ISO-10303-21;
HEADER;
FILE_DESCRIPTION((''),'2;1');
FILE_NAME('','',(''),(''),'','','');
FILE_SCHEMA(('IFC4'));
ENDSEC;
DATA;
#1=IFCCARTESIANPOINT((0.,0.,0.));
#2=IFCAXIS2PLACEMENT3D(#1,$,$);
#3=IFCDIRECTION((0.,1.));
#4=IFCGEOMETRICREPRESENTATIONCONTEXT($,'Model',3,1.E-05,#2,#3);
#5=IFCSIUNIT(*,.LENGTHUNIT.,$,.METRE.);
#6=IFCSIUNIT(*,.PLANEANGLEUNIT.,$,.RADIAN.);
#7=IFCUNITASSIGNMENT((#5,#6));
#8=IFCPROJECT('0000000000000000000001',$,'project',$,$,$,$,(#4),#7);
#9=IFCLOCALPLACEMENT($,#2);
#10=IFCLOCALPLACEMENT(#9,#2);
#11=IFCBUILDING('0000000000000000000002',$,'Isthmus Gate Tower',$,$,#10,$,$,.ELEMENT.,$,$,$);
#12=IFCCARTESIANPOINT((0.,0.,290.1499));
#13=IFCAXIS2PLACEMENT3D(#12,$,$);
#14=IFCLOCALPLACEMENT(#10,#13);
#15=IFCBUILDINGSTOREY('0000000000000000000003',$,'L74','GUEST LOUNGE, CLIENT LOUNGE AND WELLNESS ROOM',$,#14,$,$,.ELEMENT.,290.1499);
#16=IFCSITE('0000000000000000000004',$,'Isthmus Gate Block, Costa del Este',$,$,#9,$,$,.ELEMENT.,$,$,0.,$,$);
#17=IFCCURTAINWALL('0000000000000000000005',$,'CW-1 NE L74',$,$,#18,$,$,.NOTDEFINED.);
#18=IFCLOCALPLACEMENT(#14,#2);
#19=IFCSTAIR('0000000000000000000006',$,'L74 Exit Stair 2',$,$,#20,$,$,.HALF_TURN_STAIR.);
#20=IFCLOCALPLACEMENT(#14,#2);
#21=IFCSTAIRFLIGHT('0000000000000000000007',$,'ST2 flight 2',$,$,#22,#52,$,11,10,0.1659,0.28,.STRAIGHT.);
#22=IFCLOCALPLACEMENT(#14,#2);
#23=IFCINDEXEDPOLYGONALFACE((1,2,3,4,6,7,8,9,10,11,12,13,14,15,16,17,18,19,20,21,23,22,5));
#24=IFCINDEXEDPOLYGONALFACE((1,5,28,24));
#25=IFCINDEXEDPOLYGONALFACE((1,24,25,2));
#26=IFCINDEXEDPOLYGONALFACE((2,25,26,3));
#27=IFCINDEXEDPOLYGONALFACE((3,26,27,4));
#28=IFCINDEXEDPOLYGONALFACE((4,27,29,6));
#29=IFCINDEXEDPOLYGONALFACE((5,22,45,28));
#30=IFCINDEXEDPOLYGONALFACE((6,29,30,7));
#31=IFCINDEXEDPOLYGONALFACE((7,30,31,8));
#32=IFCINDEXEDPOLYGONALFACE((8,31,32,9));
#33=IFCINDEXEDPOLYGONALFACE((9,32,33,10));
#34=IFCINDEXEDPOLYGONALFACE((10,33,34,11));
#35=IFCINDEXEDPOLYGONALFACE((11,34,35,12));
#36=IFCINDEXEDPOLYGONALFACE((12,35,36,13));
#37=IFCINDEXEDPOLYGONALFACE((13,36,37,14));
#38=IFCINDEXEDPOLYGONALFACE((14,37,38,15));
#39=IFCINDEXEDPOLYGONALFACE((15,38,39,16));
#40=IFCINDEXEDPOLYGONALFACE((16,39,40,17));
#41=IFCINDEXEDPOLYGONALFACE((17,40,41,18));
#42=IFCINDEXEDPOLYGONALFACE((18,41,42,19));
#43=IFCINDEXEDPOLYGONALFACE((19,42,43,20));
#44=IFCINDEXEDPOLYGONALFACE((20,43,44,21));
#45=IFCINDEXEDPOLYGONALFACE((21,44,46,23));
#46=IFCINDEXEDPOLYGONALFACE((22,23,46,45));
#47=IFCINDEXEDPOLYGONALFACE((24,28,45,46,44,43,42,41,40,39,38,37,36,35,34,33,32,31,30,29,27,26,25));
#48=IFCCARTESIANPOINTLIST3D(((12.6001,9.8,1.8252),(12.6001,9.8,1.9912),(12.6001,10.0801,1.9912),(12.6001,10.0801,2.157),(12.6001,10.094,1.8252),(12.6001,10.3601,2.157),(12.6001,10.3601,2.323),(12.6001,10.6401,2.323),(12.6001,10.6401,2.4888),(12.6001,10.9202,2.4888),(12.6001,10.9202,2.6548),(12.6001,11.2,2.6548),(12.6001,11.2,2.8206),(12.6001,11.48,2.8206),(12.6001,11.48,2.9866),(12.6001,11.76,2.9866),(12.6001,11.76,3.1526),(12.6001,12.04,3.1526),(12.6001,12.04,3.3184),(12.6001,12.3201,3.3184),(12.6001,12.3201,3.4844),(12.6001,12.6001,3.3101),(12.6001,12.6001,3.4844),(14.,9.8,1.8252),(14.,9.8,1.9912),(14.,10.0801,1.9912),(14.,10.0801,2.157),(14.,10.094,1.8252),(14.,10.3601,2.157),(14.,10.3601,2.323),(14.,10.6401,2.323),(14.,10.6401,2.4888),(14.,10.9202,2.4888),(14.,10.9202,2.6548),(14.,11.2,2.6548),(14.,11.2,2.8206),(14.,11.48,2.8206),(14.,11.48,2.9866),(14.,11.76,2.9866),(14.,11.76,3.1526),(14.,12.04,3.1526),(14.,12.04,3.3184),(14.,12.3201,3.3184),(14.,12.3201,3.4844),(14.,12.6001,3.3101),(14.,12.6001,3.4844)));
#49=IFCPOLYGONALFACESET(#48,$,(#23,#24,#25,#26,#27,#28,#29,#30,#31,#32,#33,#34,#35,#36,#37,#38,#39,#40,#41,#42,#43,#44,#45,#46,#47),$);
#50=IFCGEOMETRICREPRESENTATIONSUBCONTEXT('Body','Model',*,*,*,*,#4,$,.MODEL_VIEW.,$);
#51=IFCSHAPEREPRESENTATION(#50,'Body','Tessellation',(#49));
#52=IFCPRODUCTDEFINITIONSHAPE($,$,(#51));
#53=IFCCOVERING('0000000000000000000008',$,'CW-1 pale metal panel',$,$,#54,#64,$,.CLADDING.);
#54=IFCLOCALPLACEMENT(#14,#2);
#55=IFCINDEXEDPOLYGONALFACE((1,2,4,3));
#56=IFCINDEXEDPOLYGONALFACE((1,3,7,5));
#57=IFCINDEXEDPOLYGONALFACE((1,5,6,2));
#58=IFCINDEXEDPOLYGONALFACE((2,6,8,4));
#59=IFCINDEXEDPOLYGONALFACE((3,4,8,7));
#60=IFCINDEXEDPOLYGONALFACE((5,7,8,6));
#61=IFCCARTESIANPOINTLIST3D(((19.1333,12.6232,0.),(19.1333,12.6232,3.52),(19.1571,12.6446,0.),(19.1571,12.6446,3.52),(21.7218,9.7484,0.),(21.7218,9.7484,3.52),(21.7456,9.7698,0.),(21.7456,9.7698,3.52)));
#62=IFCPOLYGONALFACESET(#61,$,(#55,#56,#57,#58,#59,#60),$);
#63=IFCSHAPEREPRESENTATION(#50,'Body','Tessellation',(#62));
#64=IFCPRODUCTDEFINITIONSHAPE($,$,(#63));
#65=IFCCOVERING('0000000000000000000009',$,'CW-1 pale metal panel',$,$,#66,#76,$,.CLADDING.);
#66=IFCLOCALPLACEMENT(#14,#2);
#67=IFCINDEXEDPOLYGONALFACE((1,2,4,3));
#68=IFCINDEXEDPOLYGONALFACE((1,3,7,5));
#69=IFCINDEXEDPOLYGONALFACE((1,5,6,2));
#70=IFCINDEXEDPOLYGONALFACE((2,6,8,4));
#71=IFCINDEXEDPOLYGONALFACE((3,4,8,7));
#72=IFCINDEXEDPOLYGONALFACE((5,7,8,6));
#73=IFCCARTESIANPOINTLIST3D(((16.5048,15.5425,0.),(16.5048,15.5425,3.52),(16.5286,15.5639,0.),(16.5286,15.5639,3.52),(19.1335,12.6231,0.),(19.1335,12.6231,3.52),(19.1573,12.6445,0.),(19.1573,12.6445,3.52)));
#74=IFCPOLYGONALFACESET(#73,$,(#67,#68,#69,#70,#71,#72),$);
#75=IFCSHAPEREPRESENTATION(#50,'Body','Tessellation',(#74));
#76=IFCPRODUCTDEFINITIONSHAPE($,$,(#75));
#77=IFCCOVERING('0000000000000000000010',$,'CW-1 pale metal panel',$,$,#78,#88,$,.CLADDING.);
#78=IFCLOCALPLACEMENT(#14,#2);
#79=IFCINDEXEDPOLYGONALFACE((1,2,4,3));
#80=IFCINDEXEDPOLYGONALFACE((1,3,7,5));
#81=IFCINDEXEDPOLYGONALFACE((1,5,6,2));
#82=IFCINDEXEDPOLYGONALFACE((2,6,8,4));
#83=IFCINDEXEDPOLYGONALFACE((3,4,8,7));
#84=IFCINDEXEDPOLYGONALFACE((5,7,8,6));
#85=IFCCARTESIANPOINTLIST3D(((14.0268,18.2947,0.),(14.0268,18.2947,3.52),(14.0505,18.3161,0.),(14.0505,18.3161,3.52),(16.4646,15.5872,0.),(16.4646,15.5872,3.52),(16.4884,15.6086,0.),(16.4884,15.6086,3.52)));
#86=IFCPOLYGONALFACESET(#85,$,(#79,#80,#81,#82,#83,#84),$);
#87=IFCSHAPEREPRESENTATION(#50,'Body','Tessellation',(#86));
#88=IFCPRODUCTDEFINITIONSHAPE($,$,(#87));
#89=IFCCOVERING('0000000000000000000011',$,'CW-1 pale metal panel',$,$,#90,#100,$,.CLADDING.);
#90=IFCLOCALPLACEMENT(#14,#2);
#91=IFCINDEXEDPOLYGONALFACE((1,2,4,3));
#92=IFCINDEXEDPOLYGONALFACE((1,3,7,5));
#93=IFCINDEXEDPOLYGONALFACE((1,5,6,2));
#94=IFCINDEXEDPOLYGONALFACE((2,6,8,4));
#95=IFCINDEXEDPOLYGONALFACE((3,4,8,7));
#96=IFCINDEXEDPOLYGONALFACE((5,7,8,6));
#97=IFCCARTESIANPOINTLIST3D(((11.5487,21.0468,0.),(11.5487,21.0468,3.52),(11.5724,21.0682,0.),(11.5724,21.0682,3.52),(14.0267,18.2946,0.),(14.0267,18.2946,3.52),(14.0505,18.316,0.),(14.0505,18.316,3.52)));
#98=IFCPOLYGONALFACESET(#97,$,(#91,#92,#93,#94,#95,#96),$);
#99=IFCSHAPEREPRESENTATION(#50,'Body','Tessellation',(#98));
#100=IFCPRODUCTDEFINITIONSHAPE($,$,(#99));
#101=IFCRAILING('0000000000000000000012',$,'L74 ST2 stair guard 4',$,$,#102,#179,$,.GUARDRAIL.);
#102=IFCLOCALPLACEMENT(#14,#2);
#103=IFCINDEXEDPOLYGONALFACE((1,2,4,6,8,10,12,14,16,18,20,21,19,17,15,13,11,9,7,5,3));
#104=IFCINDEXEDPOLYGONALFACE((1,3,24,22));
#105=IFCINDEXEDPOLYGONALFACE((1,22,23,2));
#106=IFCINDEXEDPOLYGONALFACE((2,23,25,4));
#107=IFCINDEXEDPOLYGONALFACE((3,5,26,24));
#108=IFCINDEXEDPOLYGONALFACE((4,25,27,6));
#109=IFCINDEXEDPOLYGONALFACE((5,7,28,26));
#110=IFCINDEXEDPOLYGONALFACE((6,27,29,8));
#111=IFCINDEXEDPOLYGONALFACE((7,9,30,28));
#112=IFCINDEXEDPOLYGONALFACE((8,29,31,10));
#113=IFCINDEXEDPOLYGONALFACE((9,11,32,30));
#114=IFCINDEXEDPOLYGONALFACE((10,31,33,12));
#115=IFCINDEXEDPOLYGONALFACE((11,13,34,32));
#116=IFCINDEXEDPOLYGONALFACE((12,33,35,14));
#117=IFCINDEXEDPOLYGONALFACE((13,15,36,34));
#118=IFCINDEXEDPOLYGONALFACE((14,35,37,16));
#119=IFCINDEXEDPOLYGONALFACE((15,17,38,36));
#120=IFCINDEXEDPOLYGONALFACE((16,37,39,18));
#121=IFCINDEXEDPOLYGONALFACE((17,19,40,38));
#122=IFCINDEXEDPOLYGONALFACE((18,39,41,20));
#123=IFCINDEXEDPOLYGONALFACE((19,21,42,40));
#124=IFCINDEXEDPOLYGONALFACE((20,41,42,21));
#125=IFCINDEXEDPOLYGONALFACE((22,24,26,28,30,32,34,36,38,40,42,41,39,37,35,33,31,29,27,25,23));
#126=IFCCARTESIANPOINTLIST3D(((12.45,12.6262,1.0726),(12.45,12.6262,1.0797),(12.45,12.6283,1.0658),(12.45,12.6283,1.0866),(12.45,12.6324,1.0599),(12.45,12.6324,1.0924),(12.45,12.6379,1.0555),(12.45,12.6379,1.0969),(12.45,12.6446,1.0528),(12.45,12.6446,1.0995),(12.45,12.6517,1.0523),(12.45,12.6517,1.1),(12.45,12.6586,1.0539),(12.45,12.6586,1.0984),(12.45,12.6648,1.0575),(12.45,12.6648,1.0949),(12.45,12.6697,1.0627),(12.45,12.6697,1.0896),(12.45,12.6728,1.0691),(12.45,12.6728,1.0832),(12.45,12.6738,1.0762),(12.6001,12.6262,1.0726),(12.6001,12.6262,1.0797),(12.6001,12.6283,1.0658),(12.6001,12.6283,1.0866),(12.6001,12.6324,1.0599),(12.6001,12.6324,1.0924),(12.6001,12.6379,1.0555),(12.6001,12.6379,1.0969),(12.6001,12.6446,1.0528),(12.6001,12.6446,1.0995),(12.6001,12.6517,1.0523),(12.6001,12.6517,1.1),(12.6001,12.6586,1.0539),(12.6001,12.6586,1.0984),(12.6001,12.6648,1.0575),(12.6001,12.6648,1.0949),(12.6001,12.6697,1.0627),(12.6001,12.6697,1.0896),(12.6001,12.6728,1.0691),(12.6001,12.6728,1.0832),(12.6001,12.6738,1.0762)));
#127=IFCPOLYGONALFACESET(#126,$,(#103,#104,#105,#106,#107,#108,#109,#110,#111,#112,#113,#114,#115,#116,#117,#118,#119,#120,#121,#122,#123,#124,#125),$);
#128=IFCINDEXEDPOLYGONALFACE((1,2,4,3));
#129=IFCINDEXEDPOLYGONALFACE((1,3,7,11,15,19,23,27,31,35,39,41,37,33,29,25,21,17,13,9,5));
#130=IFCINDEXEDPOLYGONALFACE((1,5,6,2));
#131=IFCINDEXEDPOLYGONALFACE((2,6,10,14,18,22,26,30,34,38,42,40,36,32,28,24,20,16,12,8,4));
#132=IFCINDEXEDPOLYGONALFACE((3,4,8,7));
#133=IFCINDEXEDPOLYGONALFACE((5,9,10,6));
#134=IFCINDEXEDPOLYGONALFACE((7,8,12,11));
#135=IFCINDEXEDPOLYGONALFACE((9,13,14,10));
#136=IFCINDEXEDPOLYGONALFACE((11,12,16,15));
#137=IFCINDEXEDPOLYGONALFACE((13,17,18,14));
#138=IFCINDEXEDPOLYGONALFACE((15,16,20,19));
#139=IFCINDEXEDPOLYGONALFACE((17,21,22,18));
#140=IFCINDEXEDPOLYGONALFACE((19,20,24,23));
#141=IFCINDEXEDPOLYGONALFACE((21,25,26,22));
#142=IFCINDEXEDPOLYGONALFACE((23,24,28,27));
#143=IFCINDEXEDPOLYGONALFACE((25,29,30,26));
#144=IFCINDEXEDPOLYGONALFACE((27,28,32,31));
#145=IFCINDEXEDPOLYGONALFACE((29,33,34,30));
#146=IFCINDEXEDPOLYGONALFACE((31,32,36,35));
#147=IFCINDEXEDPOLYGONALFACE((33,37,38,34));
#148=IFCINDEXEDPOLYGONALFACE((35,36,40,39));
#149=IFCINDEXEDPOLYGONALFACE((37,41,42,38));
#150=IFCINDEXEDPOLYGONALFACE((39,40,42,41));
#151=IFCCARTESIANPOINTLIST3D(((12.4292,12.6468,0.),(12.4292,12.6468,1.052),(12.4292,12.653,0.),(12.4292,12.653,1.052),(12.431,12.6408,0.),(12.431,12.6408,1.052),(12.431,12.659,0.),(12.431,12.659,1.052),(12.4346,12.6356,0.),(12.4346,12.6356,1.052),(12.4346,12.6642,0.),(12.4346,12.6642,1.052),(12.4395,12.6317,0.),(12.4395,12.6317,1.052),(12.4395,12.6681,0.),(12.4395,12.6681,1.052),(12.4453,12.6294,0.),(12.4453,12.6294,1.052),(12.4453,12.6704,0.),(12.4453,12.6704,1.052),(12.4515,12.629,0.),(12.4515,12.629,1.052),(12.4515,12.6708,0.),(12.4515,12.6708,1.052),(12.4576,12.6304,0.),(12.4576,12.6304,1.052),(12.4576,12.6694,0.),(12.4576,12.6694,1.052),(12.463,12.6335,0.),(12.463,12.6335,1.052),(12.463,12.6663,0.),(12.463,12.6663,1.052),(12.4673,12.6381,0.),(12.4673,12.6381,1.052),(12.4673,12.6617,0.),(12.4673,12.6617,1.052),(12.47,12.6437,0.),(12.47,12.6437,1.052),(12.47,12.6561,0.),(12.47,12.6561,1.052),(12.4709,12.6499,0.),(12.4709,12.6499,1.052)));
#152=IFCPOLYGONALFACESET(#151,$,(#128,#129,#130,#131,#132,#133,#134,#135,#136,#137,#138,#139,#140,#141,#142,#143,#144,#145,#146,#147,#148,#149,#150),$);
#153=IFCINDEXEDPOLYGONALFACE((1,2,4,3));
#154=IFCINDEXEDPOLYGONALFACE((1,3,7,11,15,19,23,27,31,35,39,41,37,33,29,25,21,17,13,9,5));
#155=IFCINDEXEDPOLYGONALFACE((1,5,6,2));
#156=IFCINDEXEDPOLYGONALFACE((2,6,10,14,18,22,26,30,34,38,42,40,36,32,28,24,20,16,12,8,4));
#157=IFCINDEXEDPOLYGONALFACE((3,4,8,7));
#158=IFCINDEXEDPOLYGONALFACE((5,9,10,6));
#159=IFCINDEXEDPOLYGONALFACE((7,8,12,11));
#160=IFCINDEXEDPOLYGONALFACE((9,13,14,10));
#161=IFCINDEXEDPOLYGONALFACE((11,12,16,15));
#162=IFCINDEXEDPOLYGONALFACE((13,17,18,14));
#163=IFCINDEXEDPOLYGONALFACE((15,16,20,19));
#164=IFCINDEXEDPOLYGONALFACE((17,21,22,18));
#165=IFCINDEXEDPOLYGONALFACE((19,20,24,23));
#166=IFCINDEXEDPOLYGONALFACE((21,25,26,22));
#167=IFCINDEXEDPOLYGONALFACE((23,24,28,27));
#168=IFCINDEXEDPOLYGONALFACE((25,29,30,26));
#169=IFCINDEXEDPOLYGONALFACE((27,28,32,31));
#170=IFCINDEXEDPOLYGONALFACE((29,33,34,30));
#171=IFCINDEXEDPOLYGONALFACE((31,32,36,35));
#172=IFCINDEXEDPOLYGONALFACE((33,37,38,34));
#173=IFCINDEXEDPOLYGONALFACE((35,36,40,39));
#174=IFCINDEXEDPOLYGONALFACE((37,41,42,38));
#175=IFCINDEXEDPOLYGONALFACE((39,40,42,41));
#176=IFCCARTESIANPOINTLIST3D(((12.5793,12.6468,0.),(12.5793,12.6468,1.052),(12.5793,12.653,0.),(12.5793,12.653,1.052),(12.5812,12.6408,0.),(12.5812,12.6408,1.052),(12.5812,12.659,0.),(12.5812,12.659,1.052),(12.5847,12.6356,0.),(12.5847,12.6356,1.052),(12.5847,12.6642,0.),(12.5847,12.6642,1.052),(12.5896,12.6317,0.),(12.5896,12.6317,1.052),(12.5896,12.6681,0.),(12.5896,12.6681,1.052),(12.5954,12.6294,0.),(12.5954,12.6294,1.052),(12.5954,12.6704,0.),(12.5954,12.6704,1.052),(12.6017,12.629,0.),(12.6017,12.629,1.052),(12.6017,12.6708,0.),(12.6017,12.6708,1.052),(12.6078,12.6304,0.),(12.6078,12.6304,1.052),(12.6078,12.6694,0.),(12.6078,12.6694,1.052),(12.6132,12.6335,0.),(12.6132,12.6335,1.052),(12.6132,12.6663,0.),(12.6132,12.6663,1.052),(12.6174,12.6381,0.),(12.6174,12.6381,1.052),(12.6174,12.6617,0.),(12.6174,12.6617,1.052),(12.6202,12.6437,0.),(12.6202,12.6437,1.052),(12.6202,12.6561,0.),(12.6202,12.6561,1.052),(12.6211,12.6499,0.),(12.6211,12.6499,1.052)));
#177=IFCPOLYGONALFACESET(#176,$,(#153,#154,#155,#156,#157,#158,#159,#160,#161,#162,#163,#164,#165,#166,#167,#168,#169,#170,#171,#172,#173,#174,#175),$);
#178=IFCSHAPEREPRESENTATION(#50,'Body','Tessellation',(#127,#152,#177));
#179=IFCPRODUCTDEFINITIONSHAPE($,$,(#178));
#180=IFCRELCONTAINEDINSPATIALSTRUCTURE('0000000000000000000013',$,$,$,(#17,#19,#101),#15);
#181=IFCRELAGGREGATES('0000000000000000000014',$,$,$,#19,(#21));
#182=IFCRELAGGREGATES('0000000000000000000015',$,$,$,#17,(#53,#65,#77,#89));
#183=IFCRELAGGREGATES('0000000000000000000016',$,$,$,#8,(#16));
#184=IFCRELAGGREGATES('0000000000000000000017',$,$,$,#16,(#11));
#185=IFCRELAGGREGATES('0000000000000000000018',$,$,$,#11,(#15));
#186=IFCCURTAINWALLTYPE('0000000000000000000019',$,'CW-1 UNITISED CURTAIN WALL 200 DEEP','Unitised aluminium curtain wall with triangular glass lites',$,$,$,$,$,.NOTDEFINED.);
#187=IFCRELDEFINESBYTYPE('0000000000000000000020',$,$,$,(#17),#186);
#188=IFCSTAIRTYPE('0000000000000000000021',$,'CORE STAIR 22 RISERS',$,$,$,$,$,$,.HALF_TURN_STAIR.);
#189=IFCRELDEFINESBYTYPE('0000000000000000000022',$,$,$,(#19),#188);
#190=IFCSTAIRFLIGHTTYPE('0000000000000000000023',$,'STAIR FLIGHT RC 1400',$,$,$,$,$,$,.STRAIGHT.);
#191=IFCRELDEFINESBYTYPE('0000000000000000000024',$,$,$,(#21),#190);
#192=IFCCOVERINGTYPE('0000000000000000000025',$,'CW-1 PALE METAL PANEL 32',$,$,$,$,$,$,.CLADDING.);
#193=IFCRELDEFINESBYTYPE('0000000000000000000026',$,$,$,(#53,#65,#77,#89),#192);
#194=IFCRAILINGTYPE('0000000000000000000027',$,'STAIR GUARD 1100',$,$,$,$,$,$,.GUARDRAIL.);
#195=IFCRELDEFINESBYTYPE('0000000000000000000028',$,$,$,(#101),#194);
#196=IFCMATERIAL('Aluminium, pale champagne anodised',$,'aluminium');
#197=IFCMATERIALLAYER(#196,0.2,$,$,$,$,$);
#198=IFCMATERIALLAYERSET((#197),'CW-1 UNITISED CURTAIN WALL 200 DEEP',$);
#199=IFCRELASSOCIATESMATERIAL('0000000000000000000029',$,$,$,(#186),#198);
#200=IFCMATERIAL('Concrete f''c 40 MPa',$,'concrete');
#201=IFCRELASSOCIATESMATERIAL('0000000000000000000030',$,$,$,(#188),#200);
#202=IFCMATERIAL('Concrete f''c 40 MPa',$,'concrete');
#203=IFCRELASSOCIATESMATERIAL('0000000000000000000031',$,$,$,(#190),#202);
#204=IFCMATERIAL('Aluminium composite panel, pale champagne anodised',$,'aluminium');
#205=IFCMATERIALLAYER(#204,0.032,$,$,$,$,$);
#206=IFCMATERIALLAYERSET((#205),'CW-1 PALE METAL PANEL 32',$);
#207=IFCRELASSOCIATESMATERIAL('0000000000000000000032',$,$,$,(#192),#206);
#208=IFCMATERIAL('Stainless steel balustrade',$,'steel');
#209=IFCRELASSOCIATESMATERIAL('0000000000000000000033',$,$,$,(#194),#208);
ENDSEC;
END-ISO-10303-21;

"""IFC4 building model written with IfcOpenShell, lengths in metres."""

from ifc_helpers import new_model, si_unit, direction, frame, origin, origin_2d, place, context, subcontext, project, spatial, polyline, rectangle, circle, outline, extrude, material, layer, layer_set, type_object, element, aggregate, save


model = new_model("IFC4")

# Units and contexts
model_context = context("Model", 3, precision=1e-05, world=origin(), true_north=direction((0.0, 1.0)))
body_context = subcontext(model_context, "Body", "Model", "MODEL_VIEW")
ifc_project = project(units=[si_unit("LENGTHUNIT", "METRE"), si_unit("PLANEANGLEUNIT", "RADIAN")], contexts=[model_context])

# Site, building, storey
site_placement = place(None, origin())
site = spatial("IfcSite", under=ifc_project, at=site_placement, Name="Isthmus Gate Block, Costa del Este", CompositionType="ELEMENT", RefElevation=0.0)
building_placement = place(site_placement, origin())
building = spatial("IfcBuilding", under=site, at=building_placement, Name="Isthmus Gate Tower", CompositionType="ELEMENT")
storey_placement = place(building_placement, frame((0.0, 0.0, 290.1499)))
storey = spatial("IfcBuildingStorey", under=building, at=storey_placement, Name="L74", Description="GUEST LOUNGE, CLIENT LOUNGE AND WELLNESS ROOM", CompositionType="ELEMENT", Elevation=290.1499)

# Curtain wall
ifc_material_1 = material(Name="Aluminium, pale champagne anodised", Category="aluminium")
ifc_layer_1 = layer(ifc_material_1, 0.2)
ifc_layer_set_1 = layer_set([ifc_layer_1], Name="CW-1 UNITISED CURTAIN WALL 200 DEEP")
curtain_wall_type = type_object("IfcCurtainWallType", Name="CW-1 UNITISED CURTAIN WALL 200 DEEP", Description="Unitised aluminium curtain wall with triangular glass lites", PredefinedType="NOTDEFINED", material=ifc_layer_set_1)
curtain_wall_placement = place(storey_placement, origin())
curtain_wall = element("IfcCurtainWall", 1, at=curtain_wall_placement, inside=storey, type_object=curtain_wall_type, Name="CW-1 NE L74", PredefinedType="NOTDEFINED")

# Stair, stair flight
ifc_material_2 = material(Name="Concrete f'c 40 MPa", Category="concrete")
stair_type = type_object("IfcStairType", Name="CORE STAIR 22 RISERS", PredefinedType="HALF_TURN_STAIR", material=ifc_material_2)
stair_placement = place(storey_placement, origin())
stair = element("IfcStair", 2, at=stair_placement, inside=storey, type_object=stair_type, Name="L74 Exit Stair 2", PredefinedType="HALF_TURN_STAIR")
ifc_material_3 = material(Name="Concrete f'c 40 MPa", Category="concrete")
stair_flight_type = type_object("IfcStairFlightType", Name="STAIR FLIGHT RC 1400", PredefinedType="STRAIGHT", material=ifc_material_3)
stair_flight_placement = place(storey_placement, frame((13.3, 9.8, 1.8252), z_axis=(0.0, 0.0, 1.0), x_axis=(0.0, 1.0, 0.0)))
stair_flight = element("IfcStairFlight", 3, at=stair_flight_placement, type_object=stair_flight_type, Name="ST2 flight 2", NumberOfRisers=11, NumberOfTreads=10, PredefinedType="STRAIGHT", RiserHeight=0.1659, TreadLength=0.28, context=body_context, shape_type="SweptSolid", body=[
    extrude(outline(polyline([(0.0, 0.0), (0.0, 0.166), (0.28, 0.166), (0.28, 0.3318), (0.5601, 0.3318), (0.5601, 0.4978), (0.8401, 0.4978), (0.8401, 0.6636), (1.1201, 0.6636), (1.1201, 0.8296), (1.3999, 0.8296), (1.3999, 0.9954), (1.6799, 0.9954), (1.6799, 1.1614), (1.96, 1.1614), (1.96, 1.3274), (2.24, 1.3274), (2.24, 1.4932), (2.52, 1.4932), (2.52, 1.6592), (2.8, 1.6592), (2.8, 1.825), (2.8, 1.4849), (0.2939, 0.0), (0.0, 0.0)])), frame((0.0, 0.7, 0.0), z_axis=(0.0, -1.0, 0.0), x_axis=(1.0, 0.0, 0.0)), (0.0, 0.0, 1.0), 1.3999),
])
aggregate(stair, [stair_flight])

# Coverings
ifc_material_4 = material(Name="Aluminium composite panel, pale champagne anodised", Category="aluminium")
ifc_layer_2 = layer(ifc_material_4, 0.032)
ifc_layer_set_2 = layer_set([ifc_layer_2], Name="CW-1 PALE METAL PANEL 32")
covering_type = type_object("IfcCoveringType", Name="CW-1 PALE METAL PANEL 32", PredefinedType="CLADDING", material=ifc_layer_set_2)
covering_1_placement = place(storey_placement, frame((20.4395, 11.1965, 0.0), z_axis=(0.0, 0.0, 1.0), x_axis=(-0.669131, 0.743145, 0.0)))
covering_1 = element("IfcCovering", 4, at=covering_1_placement, type_object=covering_type, Name="CW-1 pale metal panel", PredefinedType="CLADDING", context=body_context, shape_type="SweptSolid", body=[
    extrude(rectangle(XDim=3.8684, YDim=0.032, at=origin_2d()), origin(), (0.0, 0.0, 1.0), 3.52),
])
covering_2_placement = place(storey_placement, frame((17.8311, 14.0935, 0.0), z_axis=(0.0, 0.0, 1.0), x_axis=(-0.669131, 0.743145, 0.0)))
covering_2 = element("IfcCovering", 5, at=covering_2_placement, type_object=covering_type, Name="CW-1 pale metal panel", PredefinedType="CLADDING", context=body_context, shape_type="SweptSolid", body=[
    extrude(rectangle(XDim=3.9285, YDim=0.032, at=origin_2d()), origin(), (0.0, 0.0, 1.0), 3.52),
])
covering_3_placement = place(storey_placement, frame((15.2576, 16.9517, 0.0), z_axis=(0.0, 0.0, 1.0), x_axis=(-0.669131, 0.743145, 0.0)))
covering_3 = element("IfcCovering", 6, at=covering_3_placement, type_object=covering_type, Name="CW-1 pale metal panel", PredefinedType="CLADDING", context=body_context, shape_type="SweptSolid", body=[
    extrude(rectangle(XDim=3.6433, YDim=0.032, at=origin_2d()), origin(), (0.0, 0.0, 1.0), 3.52),
])
covering_4_placement = place(storey_placement, frame((12.7996, 19.6814, 0.0), z_axis=(0.0, 0.0, 1.0), x_axis=(-0.669131, 0.743145, 0.0)))
covering_4 = element("IfcCovering", 7, at=covering_4_placement, type_object=covering_type, Name="CW-1 pale metal panel", PredefinedType="CLADDING", context=body_context, shape_type="SweptSolid", body=[
    extrude(rectangle(XDim=3.7034, YDim=0.032, at=origin_2d()), origin(), (0.0, 0.0, 1.0), 3.52),
])
aggregate(curtain_wall, [covering_1, covering_2, covering_3, covering_4])

# Railing
ifc_material_5 = material(Name="Stainless steel balustrade", Category="steel")
railing_type_1 = type_object("IfcRailingType", Name="STAIR GUARD 1100", PredefinedType="GUARDRAIL", material=ifc_material_5)
railing_1_placement = place(storey_placement, frame((12.45, 12.6499, 0.0)))
element("IfcRailing", 8, at=railing_1_placement, inside=storey, type_object=railing_type_1, Name="L74 ST2 stair guard 4", PredefinedType="GUARDRAIL", context=body_context, shape_type="SweptSolid", body=[
    extrude(circle(Radius=0.0239, at=origin_2d()), frame((0.0, 0.0, 1.0762), z_axis=(1.0, 0.0, 0.0), x_axis=(0.0, 1.0, 0.0)), (0.0, 0.0, 1.0), 0.1501),
    extrude(circle(Radius=0.021, at=origin_2d()), origin(), (0.0, 0.0, 1.0), 1.052),
    extrude(circle(Radius=0.021, at=origin_2d()), frame((0.1501, 0.0, 0.0)), (0.0, 0.0, 1.0), 1.052),
])

save(model, "model.ifc")
